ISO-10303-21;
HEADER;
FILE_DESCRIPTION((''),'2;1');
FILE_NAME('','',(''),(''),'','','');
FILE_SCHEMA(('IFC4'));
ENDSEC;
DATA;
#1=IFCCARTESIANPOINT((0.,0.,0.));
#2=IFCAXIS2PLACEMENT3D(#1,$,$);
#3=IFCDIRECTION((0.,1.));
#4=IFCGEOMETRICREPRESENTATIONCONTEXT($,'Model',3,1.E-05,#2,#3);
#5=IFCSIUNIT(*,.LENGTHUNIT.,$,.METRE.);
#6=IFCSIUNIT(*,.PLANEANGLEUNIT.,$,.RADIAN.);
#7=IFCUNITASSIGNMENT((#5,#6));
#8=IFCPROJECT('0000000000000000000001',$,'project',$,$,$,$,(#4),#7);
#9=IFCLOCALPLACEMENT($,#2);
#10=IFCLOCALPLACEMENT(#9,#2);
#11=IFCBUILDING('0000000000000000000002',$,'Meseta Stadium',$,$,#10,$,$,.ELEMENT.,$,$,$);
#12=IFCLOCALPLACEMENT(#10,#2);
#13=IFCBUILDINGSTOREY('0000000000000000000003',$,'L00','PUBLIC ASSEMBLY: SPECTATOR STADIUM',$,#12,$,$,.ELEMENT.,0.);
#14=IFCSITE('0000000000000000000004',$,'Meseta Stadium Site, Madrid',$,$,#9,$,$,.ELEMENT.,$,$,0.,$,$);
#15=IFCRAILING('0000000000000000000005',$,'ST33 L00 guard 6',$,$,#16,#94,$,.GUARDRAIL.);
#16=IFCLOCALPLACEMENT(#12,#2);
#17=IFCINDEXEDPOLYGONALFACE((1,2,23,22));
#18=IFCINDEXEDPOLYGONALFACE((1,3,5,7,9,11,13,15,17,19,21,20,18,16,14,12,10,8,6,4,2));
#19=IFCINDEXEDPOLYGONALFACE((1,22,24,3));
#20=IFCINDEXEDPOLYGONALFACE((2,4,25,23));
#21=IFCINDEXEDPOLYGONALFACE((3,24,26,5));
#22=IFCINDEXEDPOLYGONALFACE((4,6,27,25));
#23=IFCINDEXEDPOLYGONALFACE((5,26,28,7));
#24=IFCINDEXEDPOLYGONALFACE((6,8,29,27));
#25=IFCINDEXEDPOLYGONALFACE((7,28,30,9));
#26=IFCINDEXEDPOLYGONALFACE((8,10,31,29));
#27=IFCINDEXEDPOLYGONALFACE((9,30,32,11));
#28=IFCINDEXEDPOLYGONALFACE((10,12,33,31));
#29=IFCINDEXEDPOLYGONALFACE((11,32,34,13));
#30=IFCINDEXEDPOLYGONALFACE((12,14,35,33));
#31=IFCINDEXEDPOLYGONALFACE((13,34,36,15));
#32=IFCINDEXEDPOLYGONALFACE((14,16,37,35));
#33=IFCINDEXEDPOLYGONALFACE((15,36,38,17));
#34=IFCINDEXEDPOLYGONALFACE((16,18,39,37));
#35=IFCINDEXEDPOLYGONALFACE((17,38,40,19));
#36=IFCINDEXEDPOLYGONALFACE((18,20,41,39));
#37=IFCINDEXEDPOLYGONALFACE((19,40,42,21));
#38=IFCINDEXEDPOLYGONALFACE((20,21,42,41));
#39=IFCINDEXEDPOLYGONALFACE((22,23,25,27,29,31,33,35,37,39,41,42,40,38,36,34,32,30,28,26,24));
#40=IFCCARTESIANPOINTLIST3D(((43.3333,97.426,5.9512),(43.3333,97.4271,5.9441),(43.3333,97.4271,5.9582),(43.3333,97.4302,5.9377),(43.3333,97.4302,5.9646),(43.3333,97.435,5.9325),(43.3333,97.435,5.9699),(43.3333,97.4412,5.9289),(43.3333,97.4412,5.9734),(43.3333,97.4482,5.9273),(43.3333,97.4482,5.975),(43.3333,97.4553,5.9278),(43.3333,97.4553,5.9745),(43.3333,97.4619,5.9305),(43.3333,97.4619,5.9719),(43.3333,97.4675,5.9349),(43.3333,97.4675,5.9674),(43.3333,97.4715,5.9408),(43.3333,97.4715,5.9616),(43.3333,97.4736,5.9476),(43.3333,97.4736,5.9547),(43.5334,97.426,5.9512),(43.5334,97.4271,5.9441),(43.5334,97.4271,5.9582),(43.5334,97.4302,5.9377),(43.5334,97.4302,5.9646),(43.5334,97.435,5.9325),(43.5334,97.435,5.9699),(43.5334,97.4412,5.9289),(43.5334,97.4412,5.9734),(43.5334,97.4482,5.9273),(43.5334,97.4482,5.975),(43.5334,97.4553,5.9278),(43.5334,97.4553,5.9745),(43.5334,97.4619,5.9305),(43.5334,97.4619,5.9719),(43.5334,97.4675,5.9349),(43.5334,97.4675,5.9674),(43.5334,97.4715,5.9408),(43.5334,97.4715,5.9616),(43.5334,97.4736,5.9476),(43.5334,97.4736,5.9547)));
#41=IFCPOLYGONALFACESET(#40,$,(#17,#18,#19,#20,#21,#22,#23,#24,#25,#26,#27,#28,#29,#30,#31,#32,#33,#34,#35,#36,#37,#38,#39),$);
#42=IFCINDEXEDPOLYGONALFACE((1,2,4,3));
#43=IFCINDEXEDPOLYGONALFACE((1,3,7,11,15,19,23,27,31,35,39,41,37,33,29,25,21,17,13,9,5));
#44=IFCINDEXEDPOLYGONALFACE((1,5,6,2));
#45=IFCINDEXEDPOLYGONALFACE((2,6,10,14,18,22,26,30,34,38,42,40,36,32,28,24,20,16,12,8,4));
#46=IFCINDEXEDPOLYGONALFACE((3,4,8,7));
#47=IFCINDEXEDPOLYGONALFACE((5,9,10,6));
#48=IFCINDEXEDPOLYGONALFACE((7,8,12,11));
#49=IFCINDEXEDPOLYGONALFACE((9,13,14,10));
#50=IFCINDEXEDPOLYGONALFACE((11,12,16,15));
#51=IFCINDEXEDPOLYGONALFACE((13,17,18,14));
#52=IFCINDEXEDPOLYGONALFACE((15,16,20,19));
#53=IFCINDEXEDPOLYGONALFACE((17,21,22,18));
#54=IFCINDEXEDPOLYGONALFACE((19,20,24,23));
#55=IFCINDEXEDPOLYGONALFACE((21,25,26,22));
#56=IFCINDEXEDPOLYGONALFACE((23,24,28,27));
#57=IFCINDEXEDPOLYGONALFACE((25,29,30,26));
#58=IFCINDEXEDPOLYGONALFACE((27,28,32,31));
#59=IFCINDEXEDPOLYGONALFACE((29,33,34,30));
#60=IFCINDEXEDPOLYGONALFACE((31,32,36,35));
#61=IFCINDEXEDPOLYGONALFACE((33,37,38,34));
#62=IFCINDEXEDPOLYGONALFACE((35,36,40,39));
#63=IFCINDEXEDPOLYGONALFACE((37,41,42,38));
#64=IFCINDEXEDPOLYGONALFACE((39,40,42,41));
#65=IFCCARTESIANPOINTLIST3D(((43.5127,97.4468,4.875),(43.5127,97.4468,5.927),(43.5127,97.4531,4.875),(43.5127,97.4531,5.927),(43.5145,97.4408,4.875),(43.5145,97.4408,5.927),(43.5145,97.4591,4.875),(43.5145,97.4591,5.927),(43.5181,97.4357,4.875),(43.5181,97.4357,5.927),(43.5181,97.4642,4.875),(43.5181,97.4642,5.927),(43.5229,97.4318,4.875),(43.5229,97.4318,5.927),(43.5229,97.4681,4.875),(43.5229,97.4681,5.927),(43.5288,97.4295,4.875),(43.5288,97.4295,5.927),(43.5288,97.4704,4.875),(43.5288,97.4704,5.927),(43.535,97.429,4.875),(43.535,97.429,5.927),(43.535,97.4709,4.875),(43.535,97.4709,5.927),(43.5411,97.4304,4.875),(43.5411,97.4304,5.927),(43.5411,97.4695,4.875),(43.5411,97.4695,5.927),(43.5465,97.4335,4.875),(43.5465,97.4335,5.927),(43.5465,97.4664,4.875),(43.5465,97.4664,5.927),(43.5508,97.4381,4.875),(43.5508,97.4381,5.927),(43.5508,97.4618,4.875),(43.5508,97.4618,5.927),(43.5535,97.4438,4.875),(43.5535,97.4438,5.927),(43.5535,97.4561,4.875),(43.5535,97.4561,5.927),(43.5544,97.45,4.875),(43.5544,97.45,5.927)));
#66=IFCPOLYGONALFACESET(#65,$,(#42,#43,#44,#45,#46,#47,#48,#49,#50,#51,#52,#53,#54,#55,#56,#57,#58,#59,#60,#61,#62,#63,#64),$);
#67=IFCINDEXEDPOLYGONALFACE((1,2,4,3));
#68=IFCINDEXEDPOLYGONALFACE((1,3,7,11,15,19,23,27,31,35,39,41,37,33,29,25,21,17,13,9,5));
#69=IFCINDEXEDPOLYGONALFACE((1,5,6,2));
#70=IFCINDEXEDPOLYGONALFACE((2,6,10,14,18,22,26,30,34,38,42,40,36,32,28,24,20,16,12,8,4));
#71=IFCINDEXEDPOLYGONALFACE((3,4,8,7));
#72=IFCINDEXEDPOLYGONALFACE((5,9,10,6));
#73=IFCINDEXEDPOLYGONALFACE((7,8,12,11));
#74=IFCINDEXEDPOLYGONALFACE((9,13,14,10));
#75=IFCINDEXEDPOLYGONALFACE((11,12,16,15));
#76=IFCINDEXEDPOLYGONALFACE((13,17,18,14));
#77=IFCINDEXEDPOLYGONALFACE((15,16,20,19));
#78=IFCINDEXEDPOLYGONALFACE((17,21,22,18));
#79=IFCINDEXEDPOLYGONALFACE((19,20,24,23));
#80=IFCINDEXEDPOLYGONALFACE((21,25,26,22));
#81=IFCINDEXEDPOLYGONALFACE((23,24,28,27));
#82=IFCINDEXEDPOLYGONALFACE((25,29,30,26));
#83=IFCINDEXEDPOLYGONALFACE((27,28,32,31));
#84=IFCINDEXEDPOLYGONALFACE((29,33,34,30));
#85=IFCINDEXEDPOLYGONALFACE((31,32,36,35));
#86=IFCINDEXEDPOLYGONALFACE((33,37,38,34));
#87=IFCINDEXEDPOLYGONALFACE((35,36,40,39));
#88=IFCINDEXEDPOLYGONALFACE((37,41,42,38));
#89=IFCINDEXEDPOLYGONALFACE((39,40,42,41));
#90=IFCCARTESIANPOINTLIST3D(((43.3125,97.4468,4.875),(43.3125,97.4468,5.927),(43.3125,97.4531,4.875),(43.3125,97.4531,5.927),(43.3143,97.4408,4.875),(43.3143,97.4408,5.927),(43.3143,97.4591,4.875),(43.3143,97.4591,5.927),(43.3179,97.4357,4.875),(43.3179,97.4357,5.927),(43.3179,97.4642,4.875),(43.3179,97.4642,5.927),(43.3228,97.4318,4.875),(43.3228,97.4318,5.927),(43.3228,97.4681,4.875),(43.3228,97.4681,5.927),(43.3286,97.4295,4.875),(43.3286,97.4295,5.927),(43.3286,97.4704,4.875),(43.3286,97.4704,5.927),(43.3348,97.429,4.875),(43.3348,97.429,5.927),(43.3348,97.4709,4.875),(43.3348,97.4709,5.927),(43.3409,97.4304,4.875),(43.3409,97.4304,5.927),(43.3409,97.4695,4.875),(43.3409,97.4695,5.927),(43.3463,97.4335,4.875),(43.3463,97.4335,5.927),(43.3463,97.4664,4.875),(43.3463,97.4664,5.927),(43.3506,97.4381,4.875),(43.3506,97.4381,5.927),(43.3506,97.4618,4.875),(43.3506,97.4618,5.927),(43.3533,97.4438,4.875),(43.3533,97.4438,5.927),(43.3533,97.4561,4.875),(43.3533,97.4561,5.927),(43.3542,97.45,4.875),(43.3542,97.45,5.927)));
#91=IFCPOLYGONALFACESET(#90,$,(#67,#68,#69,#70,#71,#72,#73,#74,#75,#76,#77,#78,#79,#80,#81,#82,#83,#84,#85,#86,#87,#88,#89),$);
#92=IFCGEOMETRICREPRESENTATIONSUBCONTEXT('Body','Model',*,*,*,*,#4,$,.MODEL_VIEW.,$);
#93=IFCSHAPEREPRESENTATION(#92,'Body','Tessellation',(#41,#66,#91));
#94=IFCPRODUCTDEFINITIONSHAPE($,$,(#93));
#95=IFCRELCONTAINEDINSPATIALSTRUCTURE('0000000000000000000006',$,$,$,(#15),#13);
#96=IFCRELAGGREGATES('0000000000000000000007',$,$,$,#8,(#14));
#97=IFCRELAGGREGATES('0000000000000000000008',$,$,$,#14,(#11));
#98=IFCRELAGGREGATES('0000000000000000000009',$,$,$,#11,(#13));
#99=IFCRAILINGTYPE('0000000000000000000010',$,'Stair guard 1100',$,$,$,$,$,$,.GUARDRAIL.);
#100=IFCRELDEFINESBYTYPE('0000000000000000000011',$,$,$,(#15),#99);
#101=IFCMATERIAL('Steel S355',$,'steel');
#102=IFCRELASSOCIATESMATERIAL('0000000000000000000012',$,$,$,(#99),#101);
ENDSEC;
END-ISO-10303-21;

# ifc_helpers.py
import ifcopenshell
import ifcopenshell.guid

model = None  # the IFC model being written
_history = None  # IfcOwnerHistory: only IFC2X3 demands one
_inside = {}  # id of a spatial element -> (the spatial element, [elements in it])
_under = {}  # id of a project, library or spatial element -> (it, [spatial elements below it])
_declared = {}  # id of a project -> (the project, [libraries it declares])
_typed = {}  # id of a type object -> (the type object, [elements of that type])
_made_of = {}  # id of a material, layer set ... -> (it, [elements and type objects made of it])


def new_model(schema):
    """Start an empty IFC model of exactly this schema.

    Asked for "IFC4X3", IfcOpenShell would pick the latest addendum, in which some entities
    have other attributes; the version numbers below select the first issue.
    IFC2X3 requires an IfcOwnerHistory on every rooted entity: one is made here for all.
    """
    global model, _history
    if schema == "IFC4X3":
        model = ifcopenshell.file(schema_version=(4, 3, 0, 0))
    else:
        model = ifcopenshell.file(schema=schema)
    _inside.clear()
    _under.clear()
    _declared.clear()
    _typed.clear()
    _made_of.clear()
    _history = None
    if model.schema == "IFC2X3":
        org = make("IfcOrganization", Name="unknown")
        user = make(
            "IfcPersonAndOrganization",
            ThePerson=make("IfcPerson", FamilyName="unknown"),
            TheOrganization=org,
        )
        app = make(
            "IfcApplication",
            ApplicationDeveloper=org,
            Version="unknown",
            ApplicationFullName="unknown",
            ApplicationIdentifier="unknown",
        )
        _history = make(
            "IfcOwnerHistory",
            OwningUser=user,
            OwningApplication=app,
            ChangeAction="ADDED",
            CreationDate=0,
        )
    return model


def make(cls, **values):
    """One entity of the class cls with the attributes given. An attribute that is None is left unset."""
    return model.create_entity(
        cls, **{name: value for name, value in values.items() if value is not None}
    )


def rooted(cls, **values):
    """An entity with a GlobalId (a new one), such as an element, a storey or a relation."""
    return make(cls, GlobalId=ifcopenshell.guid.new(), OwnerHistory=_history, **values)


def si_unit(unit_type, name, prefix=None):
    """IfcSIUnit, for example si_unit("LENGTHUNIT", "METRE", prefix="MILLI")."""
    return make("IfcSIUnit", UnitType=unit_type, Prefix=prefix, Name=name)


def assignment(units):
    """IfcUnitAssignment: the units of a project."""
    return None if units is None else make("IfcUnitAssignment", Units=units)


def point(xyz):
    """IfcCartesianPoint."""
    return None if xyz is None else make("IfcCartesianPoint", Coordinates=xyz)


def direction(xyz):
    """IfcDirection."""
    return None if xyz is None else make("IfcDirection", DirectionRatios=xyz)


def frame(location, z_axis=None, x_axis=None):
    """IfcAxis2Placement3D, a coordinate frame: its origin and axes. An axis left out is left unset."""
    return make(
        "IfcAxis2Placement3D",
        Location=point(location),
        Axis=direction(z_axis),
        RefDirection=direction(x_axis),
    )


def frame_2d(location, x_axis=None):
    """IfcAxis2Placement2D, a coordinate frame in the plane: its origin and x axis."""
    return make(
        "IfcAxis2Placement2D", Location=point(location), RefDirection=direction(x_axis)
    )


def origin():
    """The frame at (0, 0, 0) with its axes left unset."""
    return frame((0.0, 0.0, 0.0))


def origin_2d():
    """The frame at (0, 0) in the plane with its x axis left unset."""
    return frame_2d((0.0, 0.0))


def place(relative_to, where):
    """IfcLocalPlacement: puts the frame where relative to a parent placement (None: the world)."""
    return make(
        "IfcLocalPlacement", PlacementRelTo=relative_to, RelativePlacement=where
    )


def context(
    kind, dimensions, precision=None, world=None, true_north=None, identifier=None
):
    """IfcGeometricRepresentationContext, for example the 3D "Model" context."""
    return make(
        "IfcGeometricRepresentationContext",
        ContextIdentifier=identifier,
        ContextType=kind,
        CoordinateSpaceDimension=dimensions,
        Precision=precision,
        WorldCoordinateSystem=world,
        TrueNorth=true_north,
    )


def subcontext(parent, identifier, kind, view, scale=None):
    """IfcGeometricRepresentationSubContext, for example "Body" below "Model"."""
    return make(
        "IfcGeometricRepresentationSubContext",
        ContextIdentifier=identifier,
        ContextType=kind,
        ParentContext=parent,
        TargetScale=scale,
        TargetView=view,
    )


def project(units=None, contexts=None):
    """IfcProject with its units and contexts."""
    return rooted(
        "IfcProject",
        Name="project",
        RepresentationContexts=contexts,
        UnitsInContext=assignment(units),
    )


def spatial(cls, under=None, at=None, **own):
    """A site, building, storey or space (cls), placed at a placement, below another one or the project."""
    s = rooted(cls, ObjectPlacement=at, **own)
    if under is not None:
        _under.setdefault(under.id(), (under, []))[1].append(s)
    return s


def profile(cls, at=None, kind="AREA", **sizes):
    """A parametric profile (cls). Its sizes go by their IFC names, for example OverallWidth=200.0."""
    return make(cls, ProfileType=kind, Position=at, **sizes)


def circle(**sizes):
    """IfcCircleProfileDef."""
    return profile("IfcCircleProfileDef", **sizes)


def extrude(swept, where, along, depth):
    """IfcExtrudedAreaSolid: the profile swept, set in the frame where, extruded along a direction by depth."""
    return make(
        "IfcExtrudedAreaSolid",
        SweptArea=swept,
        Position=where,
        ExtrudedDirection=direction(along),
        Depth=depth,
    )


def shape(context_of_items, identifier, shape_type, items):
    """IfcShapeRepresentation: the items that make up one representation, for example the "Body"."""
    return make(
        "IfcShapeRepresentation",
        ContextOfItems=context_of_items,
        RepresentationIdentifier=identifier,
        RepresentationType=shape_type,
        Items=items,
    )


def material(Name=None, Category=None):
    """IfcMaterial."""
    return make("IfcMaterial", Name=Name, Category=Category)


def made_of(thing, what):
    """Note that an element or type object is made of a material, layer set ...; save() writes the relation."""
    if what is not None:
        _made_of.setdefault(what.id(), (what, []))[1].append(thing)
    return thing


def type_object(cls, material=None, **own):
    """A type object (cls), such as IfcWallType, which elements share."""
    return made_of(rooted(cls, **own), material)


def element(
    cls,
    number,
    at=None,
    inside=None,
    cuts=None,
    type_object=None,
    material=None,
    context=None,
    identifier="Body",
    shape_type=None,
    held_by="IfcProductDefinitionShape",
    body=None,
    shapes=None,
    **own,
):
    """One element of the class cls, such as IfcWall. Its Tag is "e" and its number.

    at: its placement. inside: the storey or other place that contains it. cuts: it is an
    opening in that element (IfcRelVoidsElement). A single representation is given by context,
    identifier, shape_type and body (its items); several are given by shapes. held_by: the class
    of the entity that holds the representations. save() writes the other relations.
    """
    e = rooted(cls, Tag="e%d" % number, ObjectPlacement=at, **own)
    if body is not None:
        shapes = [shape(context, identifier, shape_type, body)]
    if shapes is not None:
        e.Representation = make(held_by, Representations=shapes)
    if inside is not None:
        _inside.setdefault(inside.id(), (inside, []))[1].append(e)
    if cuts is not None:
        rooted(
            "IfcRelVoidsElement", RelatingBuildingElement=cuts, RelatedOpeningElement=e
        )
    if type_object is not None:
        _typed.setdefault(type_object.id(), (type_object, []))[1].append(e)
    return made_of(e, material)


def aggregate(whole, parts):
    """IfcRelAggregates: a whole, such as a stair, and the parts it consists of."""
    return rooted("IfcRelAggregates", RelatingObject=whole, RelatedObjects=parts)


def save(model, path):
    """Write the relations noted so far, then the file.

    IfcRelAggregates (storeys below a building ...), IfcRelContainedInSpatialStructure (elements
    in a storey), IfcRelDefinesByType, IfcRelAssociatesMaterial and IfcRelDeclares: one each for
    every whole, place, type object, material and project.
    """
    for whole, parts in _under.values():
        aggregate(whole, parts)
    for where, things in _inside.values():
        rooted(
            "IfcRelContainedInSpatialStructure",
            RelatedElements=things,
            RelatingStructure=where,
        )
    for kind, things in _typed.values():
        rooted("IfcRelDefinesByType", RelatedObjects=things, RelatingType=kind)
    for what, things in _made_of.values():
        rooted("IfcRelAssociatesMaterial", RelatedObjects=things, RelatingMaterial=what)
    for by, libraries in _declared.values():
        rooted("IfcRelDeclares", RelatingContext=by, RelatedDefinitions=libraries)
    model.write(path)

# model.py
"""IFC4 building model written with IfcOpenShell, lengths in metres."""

from ifc_helpers import new_model, si_unit, direction, frame, origin, origin_2d, place, context, subcontext, project, spatial, circle, extrude, material, type_object, element, save


model = new_model("IFC4")

# Units and contexts
model_context = context("Model", 3, precision=1e-05, world=origin(), true_north=direction((0.0, 1.0)))
body_context = subcontext(model_context, "Body", "Model", "MODEL_VIEW")
ifc_project = project(units=[si_unit("LENGTHUNIT", "METRE"), si_unit("PLANEANGLEUNIT", "RADIAN")], contexts=[model_context])

# Site, building, storey
site_placement = place(None, origin())
site = spatial("IfcSite", under=ifc_project, at=site_placement, Name="Meseta Stadium Site, Madrid", CompositionType="ELEMENT", RefElevation=0.0)
building_placement = place(site_placement, origin())
building = spatial("IfcBuilding", under=site, at=building_placement, Name="Meseta Stadium", CompositionType="ELEMENT")
storey_placement = place(building_placement, origin())
storey = spatial("IfcBuildingStorey", under=building, at=storey_placement, Name="L00", Description="PUBLIC ASSEMBLY: SPECTATOR STADIUM", CompositionType="ELEMENT", Elevation=0.0)

# Railing
ifc_material_1 = material(Name="Steel S355", Category="steel")
railing_type_1 = type_object("IfcRailingType", Name="Stair guard 1100", PredefinedType="GUARDRAIL", material=ifc_material_1)
railing_1_placement = place(storey_placement, frame((43.5334, 97.45, 4.875)))
element("IfcRailing", 1, at=railing_1_placement, inside=storey, type_object=railing_type_1, Name="ST33 L00 guard 6", PredefinedType="GUARDRAIL", context=body_context, shape_type="SweptSolid", body=[
    extrude(circle(Radius=0.0239, at=origin_2d()), frame((0.0, 0.0, 1.0762), z_axis=(-1.0, 0.0, 0.0), x_axis=(0.0, -1.0, 0.0)), (0.0, 0.0, 1.0), 0.2002),
    extrude(circle(Radius=0.021, at=origin_2d()), origin(), (0.0, 0.0, 1.0), 1.052),
    extrude(circle(Radius=0.021, at=origin_2d()), frame((-0.2002, 0.0, 0.0)), (0.0, 0.0, 1.0), 1.052),
])

save(model, "model.ifc")
